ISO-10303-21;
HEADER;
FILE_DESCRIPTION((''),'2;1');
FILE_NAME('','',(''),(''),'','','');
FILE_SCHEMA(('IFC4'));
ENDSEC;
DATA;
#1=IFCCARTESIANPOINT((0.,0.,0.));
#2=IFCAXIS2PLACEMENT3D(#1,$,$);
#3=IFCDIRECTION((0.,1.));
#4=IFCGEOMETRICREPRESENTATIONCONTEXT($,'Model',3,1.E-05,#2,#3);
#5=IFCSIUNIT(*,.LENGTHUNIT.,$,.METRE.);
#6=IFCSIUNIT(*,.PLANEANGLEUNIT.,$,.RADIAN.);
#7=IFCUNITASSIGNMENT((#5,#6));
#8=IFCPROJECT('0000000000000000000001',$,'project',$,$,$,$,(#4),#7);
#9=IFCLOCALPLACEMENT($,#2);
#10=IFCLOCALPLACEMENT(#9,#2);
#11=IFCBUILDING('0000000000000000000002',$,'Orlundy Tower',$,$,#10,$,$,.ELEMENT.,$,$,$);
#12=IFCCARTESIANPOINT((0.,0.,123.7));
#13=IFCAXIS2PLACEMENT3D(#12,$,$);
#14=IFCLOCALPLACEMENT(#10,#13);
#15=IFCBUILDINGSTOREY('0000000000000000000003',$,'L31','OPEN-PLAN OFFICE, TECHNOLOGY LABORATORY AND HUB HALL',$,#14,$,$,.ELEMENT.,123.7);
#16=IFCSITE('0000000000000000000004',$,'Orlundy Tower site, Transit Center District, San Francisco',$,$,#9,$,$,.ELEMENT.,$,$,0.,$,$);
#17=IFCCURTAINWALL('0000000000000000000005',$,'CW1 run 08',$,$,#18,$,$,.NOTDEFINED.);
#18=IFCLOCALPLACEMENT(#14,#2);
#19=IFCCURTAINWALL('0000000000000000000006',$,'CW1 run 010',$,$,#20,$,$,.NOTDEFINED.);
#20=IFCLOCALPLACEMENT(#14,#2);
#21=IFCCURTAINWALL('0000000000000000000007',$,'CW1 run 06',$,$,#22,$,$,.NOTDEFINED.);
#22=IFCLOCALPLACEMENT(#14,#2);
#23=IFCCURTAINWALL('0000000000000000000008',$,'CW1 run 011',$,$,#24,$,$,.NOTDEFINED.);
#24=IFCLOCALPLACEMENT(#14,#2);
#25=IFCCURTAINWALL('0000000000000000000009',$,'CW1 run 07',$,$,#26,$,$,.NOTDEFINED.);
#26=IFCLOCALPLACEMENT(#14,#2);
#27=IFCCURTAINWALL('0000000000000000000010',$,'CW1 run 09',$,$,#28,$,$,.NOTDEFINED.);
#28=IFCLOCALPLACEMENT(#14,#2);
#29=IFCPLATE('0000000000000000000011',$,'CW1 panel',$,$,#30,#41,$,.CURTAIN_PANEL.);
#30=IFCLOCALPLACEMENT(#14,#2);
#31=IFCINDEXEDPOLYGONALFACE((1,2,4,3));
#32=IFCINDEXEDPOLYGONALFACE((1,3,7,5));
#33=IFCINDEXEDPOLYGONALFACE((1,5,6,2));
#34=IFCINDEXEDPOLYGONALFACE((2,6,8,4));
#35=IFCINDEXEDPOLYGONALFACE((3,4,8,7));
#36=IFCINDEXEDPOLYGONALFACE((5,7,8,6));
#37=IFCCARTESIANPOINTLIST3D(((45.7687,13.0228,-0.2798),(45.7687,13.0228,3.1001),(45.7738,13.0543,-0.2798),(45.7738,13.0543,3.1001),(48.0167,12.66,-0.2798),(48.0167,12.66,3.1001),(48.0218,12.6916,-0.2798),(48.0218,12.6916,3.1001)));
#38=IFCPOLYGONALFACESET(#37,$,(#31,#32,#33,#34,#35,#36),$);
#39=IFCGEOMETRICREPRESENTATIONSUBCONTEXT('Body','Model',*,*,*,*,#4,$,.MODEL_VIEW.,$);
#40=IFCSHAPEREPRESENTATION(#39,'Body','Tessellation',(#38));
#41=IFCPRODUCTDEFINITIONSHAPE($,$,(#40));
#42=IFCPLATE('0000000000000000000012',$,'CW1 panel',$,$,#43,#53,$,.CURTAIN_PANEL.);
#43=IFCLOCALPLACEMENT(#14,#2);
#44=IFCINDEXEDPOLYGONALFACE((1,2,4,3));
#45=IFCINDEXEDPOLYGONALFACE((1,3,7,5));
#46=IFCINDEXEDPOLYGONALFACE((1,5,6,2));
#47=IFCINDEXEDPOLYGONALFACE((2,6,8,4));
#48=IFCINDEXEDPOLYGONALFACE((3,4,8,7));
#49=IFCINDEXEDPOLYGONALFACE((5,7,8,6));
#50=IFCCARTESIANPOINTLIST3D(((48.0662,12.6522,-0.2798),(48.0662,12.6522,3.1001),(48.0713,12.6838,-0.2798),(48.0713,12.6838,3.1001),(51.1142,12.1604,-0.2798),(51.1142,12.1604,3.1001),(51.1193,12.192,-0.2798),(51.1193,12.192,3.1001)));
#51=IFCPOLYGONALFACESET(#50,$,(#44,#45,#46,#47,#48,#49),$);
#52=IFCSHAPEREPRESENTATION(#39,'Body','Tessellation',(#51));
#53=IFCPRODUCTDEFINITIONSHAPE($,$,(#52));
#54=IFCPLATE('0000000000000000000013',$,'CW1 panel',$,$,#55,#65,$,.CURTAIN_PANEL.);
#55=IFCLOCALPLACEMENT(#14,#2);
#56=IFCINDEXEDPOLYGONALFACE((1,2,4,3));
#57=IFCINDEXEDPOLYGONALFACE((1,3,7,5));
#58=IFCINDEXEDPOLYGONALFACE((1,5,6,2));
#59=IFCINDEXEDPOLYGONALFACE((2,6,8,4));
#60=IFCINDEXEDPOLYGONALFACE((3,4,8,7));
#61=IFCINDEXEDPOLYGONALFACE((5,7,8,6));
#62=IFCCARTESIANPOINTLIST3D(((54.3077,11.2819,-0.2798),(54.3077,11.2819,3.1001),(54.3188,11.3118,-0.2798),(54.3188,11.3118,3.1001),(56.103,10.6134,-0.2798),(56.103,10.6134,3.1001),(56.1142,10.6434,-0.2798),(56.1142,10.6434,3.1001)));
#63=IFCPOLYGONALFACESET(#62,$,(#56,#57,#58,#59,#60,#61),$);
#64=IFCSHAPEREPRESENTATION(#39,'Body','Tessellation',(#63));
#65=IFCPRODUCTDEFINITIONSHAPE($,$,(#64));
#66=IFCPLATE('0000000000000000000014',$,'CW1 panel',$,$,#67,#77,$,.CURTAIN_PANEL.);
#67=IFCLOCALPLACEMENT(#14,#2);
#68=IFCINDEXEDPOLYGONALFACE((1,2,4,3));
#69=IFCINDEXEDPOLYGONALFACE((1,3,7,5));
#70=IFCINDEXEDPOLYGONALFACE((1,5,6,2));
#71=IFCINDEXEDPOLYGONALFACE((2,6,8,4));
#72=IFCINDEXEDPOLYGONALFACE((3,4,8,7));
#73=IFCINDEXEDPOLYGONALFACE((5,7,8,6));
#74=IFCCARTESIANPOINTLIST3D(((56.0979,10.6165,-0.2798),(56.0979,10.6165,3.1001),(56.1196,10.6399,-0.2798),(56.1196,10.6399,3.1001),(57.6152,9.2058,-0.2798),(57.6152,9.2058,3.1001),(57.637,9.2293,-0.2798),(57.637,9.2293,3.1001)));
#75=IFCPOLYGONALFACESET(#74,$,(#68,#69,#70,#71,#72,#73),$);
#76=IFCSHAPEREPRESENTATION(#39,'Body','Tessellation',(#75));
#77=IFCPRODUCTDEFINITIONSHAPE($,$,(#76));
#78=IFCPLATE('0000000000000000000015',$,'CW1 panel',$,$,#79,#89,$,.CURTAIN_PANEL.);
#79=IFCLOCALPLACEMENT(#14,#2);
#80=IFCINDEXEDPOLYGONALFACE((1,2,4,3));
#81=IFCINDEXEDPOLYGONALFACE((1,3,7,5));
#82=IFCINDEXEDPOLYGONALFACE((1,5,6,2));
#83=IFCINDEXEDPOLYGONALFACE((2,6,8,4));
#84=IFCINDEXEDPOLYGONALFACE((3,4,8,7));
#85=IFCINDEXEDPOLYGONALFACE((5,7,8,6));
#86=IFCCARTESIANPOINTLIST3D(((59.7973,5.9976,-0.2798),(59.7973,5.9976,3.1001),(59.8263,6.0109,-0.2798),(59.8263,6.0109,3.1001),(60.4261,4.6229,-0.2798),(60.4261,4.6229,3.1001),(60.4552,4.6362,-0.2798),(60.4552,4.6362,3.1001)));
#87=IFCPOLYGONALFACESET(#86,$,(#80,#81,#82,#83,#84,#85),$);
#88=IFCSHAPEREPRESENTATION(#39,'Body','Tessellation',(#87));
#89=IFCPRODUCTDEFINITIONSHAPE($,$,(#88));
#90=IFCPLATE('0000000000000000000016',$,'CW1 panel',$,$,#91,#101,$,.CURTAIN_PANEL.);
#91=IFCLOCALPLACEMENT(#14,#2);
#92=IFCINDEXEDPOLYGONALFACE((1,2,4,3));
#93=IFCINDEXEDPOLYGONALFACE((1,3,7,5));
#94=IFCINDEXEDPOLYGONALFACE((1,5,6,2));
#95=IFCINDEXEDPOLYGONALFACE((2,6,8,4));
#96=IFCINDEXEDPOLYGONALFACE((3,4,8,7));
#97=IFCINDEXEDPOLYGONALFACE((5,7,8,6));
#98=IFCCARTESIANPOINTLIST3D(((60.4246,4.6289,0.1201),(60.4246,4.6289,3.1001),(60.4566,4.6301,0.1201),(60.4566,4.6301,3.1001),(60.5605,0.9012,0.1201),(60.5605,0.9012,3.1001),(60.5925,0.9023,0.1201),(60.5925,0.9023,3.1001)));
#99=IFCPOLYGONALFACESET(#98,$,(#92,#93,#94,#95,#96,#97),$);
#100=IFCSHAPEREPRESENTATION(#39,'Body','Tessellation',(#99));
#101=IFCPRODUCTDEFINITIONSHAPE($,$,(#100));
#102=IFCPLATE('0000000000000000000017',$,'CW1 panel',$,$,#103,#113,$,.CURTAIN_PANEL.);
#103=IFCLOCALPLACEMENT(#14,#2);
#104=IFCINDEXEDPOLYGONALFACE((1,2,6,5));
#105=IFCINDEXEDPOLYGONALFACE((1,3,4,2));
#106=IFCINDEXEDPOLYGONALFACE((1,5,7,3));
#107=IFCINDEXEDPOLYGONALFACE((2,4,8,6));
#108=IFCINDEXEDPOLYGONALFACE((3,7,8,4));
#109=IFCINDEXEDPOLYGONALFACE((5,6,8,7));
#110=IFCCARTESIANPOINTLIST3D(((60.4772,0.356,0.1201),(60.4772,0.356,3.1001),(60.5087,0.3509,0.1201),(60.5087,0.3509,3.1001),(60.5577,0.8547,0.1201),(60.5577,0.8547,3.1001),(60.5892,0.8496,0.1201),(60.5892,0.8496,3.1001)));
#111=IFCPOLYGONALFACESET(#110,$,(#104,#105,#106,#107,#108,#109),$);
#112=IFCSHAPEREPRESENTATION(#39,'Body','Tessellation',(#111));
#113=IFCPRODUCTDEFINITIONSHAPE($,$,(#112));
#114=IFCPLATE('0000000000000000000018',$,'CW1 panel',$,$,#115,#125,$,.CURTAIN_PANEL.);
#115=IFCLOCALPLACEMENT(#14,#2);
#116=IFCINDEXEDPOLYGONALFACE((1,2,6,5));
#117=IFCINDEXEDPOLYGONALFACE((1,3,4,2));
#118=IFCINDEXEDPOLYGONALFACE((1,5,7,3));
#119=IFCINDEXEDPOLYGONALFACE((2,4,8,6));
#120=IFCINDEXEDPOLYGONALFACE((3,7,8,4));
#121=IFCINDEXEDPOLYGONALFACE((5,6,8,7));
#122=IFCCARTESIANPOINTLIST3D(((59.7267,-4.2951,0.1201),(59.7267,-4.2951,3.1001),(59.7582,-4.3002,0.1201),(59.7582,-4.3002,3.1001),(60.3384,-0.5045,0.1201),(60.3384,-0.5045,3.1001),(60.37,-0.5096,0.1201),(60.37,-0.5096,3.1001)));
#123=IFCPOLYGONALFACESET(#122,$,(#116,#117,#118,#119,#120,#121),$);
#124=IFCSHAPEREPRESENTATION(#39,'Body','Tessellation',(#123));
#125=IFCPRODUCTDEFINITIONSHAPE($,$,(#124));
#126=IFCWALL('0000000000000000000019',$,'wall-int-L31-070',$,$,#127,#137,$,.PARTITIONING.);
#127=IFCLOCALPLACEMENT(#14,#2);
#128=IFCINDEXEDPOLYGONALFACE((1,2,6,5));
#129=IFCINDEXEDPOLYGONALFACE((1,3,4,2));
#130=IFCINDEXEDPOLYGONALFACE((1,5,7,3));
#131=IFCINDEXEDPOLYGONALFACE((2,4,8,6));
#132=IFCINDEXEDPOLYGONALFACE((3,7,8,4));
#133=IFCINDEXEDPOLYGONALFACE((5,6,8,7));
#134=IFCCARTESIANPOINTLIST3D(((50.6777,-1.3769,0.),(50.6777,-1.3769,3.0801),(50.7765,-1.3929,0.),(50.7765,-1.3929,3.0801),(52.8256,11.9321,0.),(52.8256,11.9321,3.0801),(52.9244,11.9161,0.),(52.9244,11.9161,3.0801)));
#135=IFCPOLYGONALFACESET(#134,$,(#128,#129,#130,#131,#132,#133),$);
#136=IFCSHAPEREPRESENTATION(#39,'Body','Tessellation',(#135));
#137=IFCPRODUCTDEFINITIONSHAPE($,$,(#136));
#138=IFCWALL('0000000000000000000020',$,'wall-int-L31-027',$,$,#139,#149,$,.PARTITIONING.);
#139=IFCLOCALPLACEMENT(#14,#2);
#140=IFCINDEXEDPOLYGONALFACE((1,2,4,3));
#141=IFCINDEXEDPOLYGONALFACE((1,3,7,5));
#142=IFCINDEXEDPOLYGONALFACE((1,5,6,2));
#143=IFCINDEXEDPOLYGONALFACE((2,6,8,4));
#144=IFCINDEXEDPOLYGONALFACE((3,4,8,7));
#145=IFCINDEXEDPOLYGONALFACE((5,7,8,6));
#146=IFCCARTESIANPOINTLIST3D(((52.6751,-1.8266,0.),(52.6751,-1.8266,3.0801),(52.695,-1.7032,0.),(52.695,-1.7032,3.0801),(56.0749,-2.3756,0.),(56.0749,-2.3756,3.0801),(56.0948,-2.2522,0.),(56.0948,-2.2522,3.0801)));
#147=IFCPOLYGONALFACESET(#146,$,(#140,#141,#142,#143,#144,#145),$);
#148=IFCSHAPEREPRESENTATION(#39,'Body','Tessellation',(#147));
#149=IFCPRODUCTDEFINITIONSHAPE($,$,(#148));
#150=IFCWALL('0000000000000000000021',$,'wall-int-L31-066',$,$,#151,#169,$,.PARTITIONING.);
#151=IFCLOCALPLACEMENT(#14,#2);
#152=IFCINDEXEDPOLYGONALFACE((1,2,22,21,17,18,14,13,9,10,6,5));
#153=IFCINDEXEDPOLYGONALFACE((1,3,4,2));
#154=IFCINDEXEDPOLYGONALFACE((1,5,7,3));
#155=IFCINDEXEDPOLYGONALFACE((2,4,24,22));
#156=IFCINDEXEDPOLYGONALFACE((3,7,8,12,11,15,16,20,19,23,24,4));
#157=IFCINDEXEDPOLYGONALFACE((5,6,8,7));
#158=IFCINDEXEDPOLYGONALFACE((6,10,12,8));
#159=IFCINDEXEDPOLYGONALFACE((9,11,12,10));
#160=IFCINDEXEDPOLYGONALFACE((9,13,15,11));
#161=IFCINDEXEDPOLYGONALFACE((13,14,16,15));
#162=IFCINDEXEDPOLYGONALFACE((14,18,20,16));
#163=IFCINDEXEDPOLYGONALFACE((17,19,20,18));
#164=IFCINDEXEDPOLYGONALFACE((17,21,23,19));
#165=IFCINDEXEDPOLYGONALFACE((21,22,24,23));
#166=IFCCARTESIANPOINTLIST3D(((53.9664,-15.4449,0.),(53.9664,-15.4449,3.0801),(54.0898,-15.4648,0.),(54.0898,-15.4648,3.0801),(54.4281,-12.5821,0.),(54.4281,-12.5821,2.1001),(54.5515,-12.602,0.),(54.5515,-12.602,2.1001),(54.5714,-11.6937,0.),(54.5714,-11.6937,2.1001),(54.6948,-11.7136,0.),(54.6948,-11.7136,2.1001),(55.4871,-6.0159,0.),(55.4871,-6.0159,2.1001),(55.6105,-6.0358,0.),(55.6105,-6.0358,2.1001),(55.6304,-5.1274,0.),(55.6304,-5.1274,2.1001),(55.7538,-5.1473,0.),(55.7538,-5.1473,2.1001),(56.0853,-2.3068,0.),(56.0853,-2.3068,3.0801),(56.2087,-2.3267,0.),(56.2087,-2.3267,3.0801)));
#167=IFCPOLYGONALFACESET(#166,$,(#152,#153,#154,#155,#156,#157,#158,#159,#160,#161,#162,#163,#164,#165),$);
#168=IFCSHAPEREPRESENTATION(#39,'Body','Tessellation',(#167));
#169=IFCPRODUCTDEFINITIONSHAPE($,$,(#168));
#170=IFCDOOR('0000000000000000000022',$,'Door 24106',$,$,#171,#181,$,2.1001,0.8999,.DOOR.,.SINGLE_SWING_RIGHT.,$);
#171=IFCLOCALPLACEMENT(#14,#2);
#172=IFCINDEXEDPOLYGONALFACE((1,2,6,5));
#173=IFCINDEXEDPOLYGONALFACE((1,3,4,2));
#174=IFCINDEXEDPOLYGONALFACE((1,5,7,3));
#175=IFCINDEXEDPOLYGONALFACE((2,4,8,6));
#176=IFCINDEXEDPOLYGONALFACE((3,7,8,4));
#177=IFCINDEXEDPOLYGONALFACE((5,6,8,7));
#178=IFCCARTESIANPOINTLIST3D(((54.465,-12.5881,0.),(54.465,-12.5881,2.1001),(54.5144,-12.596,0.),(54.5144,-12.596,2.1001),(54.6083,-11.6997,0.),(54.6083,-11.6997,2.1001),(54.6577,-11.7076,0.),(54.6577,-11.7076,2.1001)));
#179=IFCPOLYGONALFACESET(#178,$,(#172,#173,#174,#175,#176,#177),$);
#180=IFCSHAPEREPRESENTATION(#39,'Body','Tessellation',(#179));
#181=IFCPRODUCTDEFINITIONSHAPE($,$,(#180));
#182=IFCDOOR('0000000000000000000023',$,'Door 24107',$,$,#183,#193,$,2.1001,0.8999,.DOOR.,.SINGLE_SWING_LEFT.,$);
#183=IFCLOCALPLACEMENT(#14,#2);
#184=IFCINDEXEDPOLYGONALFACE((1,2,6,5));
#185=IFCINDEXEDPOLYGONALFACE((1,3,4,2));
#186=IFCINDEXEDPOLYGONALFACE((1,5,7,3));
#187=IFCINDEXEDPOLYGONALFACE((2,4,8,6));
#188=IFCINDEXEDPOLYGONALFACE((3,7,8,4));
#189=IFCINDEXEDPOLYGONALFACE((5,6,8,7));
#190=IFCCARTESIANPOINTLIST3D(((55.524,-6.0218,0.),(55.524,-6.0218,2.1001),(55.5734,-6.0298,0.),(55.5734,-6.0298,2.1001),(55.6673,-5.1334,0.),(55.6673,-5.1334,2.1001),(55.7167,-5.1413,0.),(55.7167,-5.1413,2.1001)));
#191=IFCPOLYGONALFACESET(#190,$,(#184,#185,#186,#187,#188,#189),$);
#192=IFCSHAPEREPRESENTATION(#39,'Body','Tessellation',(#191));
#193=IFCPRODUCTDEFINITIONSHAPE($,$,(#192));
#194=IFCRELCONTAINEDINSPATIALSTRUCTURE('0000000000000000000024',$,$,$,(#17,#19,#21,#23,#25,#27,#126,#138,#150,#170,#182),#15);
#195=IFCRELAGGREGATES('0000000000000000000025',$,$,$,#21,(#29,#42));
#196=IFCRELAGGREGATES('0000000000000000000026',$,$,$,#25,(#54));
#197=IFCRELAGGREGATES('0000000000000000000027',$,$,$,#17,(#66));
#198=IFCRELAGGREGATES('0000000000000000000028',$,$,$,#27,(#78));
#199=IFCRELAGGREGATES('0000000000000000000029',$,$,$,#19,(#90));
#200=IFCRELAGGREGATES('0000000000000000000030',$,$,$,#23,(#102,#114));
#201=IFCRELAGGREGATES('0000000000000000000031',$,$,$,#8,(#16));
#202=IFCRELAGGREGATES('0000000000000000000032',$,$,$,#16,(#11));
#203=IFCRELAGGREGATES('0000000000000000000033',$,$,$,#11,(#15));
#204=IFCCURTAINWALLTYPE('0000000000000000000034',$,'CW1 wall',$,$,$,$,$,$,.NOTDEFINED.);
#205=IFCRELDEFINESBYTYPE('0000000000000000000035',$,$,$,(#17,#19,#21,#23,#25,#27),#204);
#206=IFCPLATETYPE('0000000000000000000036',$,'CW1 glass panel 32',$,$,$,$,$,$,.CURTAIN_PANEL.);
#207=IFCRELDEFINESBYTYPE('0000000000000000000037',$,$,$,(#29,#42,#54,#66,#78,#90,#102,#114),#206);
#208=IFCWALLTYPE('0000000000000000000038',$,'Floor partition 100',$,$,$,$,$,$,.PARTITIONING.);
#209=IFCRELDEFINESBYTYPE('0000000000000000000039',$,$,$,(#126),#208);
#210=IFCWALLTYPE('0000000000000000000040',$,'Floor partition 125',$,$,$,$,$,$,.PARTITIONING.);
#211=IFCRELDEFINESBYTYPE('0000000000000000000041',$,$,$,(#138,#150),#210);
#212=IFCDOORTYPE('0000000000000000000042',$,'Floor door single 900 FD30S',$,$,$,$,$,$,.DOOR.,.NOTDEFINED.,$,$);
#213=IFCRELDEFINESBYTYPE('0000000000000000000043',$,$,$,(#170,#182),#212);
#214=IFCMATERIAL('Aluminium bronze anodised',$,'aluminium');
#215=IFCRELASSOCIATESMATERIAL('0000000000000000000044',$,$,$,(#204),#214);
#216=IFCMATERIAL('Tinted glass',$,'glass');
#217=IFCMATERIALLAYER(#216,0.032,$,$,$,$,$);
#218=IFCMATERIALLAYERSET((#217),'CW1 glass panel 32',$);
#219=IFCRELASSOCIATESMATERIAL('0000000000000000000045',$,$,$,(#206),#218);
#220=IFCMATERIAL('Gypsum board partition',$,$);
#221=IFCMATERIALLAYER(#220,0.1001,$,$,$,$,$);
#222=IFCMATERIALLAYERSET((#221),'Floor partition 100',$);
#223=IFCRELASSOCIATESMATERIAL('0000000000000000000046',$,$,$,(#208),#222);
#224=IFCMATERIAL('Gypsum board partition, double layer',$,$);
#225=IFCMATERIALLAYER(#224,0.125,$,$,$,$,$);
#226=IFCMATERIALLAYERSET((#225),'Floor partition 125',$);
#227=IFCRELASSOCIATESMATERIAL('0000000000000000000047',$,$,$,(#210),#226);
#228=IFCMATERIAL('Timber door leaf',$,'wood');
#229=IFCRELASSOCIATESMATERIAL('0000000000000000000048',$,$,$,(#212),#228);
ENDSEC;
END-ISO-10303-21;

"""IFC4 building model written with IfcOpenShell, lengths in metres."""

from ifc_helpers import new_model, si_unit, direction, frame, frame_2d, origin, origin_2d, place, context, subcontext, project, spatial, rectangle, extrude, material, layer, layer_set, type_object, element, fill, aggregate, save


model = new_model("IFC4")

# Units and contexts
model_context = context("Model", 3, precision=1e-05, world=origin(), true_north=direction((0.0, 1.0)))
body_context = subcontext(model_context, "Body", "Model", "MODEL_VIEW")
ifc_project = project(units=[si_unit("LENGTHUNIT", "METRE"), si_unit("PLANEANGLEUNIT", "RADIAN")], contexts=[model_context])

# Site, building, storey
site_placement = place(None, origin())
site = spatial("IfcSite", under=ifc_project, at=site_placement, Name="Orlundy Tower site, Transit Center District, San Francisco", CompositionType="ELEMENT", RefElevation=0.0)
building_placement = place(site_placement, origin())
building = spatial("IfcBuilding", under=site, at=building_placement, Name="Orlundy Tower", CompositionType="ELEMENT")
storey_placement = place(building_placement, frame((0.0, 0.0, 123.7)))
storey = spatial("IfcBuildingStorey", under=building, at=storey_placement, Name="L31", Description="OPEN-PLAN OFFICE, TECHNOLOGY LABORATORY AND HUB HALL", CompositionType="ELEMENT", Elevation=123.7)

# Curtain walls
ifc_material_1 = material(Name="Aluminium bronze anodised", Category="aluminium")
curtain_wall_type = type_object("IfcCurtainWallType", Name="CW1 wall", PredefinedType="NOTDEFINED", material=ifc_material_1)
curtain_wall_1_placement = place(storey_placement, origin())
curtain_wall_1 = element("IfcCurtainWall", 1, at=curtain_wall_1_placement, inside=storey, type_object=curtain_wall_type, Name="CW1 run 08", PredefinedType="NOTDEFINED")
curtain_wall_2_placement = place(storey_placement, origin())
curtain_wall_2 = element("IfcCurtainWall", 2, at=curtain_wall_2_placement, inside=storey, type_object=curtain_wall_type, Name="CW1 run 010", PredefinedType="NOTDEFINED")
curtain_wall_3_placement = place(storey_placement, origin())
curtain_wall_3 = element("IfcCurtainWall", 3, at=curtain_wall_3_placement, inside=storey, type_object=curtain_wall_type, Name="CW1 run 06", PredefinedType="NOTDEFINED")

# Curtain wall
curtain_wall_4_placement = place(storey_placement, origin())
curtain_wall_4 = element("IfcCurtainWall", 4, at=curtain_wall_4_placement, inside=storey, type_object=curtain_wall_type, Name="CW1 run 011", PredefinedType="NOTDEFINED")

# Curtain wall
curtain_wall_5_placement = place(storey_placement, origin())
curtain_wall_5 = element("IfcCurtainWall", 5, at=curtain_wall_5_placement, inside=storey, type_object=curtain_wall_type, Name="CW1 run 07", PredefinedType="NOTDEFINED")

# Curtain wall
curtain_wall_6_placement = place(storey_placement, origin())
curtain_wall_6 = element("IfcCurtainWall", 6, at=curtain_wall_6_placement, inside=storey, type_object=curtain_wall_type, Name="CW1 run 09", PredefinedType="NOTDEFINED")

# Plates
ifc_material_2 = material(Name="Tinted glass", Category="glass")
ifc_layer_1 = layer(ifc_material_2, 0.032)
ifc_layer_set_1 = layer_set([ifc_layer_1], Name="CW1 glass panel 32")
plate_type = type_object("IfcPlateType", Name="CW1 glass panel 32", PredefinedType="CURTAIN_PANEL", material=ifc_layer_set_1)
plate_1_placement = place(storey_placement, frame((46.8953, 12.8572, -0.2798), z_axis=(0.0, 0.0, 1.0), x_axis=(0.98723, -0.159302, 0.0)))
plate_1 = element("IfcPlate", 7, at=plate_1_placement, type_object=plate_type, Name="CW1 panel", PredefinedType="CURTAIN_PANEL", context=body_context, shape_type="SweptSolid", body=[
    extrude(rectangle(XDim=2.2771, YDim=0.032, at=origin_2d()), origin(), (0.0, 0.0, 1.0), 3.3799),
])
plate_2_placement = place(storey_placement, frame((49.5928, 12.4221, -0.2798), z_axis=(0.0, 0.0, 1.0), x_axis=(0.98723, -0.159302, 0.0)))
plate_2 = element("IfcPlate", 8, at=plate_2_placement, type_object=plate_type, Name="CW1 panel", PredefinedType="CURTAIN_PANEL", context=body_context, shape_type="SweptSolid", body=[
    extrude(rectangle(XDim=3.0874, YDim=0.032, at=origin_2d()), origin(), (0.0, 0.0, 1.0), 3.3799),
])
aggregate(curtain_wall_3, [plate_1, plate_2])
plate_3_placement = place(storey_placement, frame((55.2109, 10.9626, -0.2798), z_axis=(0.0, 0.0, 1.0), x_axis=(0.937158, -0.348905, 0.0)))
plate_3 = element("IfcPlate", 9, at=plate_3_placement, type_object=plate_type, Name="CW1 panel", PredefinedType="CURTAIN_PANEL", context=body_context, shape_type="SweptSolid", body=[
    extrude(rectangle(XDim=1.9158, YDim=0.032, at=origin_2d()), origin(), (0.0, 0.0, 1.0), 3.3799),
])
aggregate(curtain_wall_5, [plate_3])
plate_4_placement = place(storey_placement, frame((56.8674, 9.9229, -0.2798), z_axis=(0.0, 0.0, 1.0), x_axis=(0.732399, -0.680875, 0.0)))
plate_4 = element("IfcPlate", 10, at=plate_4_placement, type_object=plate_type, Name="CW1 panel", PredefinedType="CURTAIN_PANEL", context=body_context, shape_type="SweptSolid", body=[
    extrude(rectangle(XDim=2.0718, YDim=0.032, at=origin_2d()), origin(), (0.0, 0.0, 1.0), 3.3799),
])
aggregate(curtain_wall_1, [plate_4])
plate_5_placement = place(storey_placement, frame((60.1262, 5.3169, -0.2798), z_axis=(0.0, 0.0, 1.0), x_axis=(0.415977, -0.909375, 0.0)))
plate_5 = element("IfcPlate", 11, at=plate_5_placement, type_object=plate_type, Name="CW1 panel", PredefinedType="CURTAIN_PANEL", context=body_context, shape_type="SweptSolid", body=[
    extrude(rectangle(XDim=1.5117, YDim=0.032, at=origin_2d()), origin(), (0.0, 0.0, 1.0), 3.3799),
])
aggregate(curtain_wall_6, [plate_5])
plate_6_placement = place(storey_placement, frame((60.5085, 2.7656, 0.1201), z_axis=(0.0, 0.0, 1.0), x_axis=(0.036423, -0.999336, 0.0)))
plate_6 = element("IfcPlate", 12, at=plate_6_placement, type_object=plate_type, Name="CW1 panel", PredefinedType="CURTAIN_PANEL", context=body_context, shape_type="SweptSolid", body=[
    extrude(rectangle(XDim=3.7302, YDim=0.032, at=origin_2d()), origin(), (0.0, 0.0, 1.0), 2.98),
])
aggregate(curtain_wall_2, [plate_6])
plate_7_placement = place(storey_placement, frame((60.5332, 0.6028, 0.1201), z_axis=(0.0, 0.0, 1.0), x_axis=(-0.159331, -0.987225, 0.0)))
plate_7 = element("IfcPlate", 13, at=plate_7_placement, type_object=plate_type, Name="CW1 panel", PredefinedType="CURTAIN_PANEL", context=body_context, shape_type="SweptSolid", body=[
    extrude(rectangle(XDim=0.5051, YDim=0.032, at=origin_2d()), origin(), (0.0, 0.0, 1.0), 2.98),
])
plate_8_placement = place(storey_placement, frame((60.0483, -2.4023, 0.1201), z_axis=(0.0, 0.0, 1.0), x_axis=(-0.159331, -0.987225, 0.0)))
plate_8 = element("IfcPlate", 14, at=plate_8_placement, type_object=plate_type, Name="CW1 panel", PredefinedType="CURTAIN_PANEL", context=body_context, shape_type="SweptSolid", body=[
    extrude(rectangle(XDim=3.8396, YDim=0.032, at=origin_2d()), origin(), (0.0, 0.0, 1.0), 2.98),
])
aggregate(curtain_wall_4, [plate_7, plate_8])

# Walls
ifc_material_3 = material(Name="Gypsum board partition")
ifc_layer_2 = layer(ifc_material_3, 0.1001)
ifc_layer_set_2 = layer_set([ifc_layer_2], Name="Floor partition 100")
wall_type_1 = type_object("IfcWallType", Name="Floor partition 100", PredefinedType="PARTITIONING", material=ifc_layer_set_2)
wall_1_placement = place(storey_placement, frame((50.7271, -1.385, 0.0), z_axis=(0.0, 0.0, 1.0), x_axis=(0.159328, 0.987226, 0.0)))
element("IfcWall", 15, at=wall_1_placement, inside=storey, type_object=wall_type_1, Name="wall-int-L31-070", PredefinedType="PARTITIONING", context=body_context, shape_type="SweptSolid", body=[
    extrude(rectangle(XDim=13.4812, YDim=0.1001, at=frame_2d((6.7407, 0.0))), origin(), (0.0, 0.0, 1.0), 3.0801),
])
ifc_material_4 = material(Name="Gypsum board partition, double layer")
ifc_layer_3 = layer(ifc_material_4, 0.125)
ifc_layer_set_3 = layer_set([ifc_layer_3], Name="Floor partition 125")
wall_type_2 = type_object("IfcWallType", Name="Floor partition 125", PredefinedType="PARTITIONING", material=ifc_layer_set_3)
wall_2_placement = place(storey_placement, frame((52.6851, -1.7649, 0.0), z_axis=(0.0, 0.0, 1.0), x_axis=(0.987209, -0.159431, 0.0)))
element("IfcWall", 16, at=wall_2_placement, inside=storey, type_object=wall_type_2, Name="wall-int-L31-027", PredefinedType="PARTITIONING", context=body_context, shape_type="SweptSolid", body=[
    extrude(rectangle(XDim=3.4438, YDim=0.125, at=frame_2d((1.7219, 0.0))), origin(), (0.0, 0.0, 1.0), 3.0801),
])

# Wall, openings, doors
wall_3_placement = place(storey_placement, frame((56.147, -2.3169, 0.0), z_axis=(0.0, 0.0, 1.0), x_axis=(-0.15922, -0.987243, 0.0)))
wall_3 = element("IfcWall", 17, at=wall_3_placement, inside=storey, type_object=wall_type_2, Name="wall-int-L31-066", PredefinedType="PARTITIONING", context=body_context, shape_type="SweptSolid", body=[
    extrude(rectangle(XDim=13.3079, YDim=0.125, at=frame_2d((6.6538, 0.0))), origin(), (0.0, 0.0, 1.0), 3.0801),
])
opening_1_placement = place(wall_3_placement, frame((9.5081, 0.0, 0.0)))
opening_1 = element("IfcOpeningElement", 18, at=opening_1_placement, cuts=wall_3, PredefinedType="OPENING", context=body_context, shape_type="SweptSolid", body=[
    extrude(rectangle(XDim=0.8999, YDim=2.1001, at=frame_2d((0.45, 1.05))), frame((0.0, 0.0725, 0.0), z_axis=(0.0, -1.0, 0.0), x_axis=(1.0, 0.0, 0.0)), (0.0, 0.0, 1.0), 0.145),
])
opening_2_placement = place(wall_3_placement, frame((2.8569, 0.0, 0.0)))
opening_2 = element("IfcOpeningElement", 19, at=opening_2_placement, cuts=wall_3, PredefinedType="OPENING", context=body_context, shape_type="SweptSolid", body=[
    extrude(rectangle(XDim=0.8999, YDim=2.1001, at=frame_2d((0.45, 1.05))), frame((0.0, 0.0725, 0.0), z_axis=(0.0, -1.0, 0.0), x_axis=(1.0, 0.0, 0.0)), (0.0, 0.0, 1.0), 0.145),
])
ifc_material_5 = material(Name="Timber door leaf", Category="wood")
door_type_1 = type_object("IfcDoorType", Name="Floor door single 900 FD30S", OperationType="NOTDEFINED", PredefinedType="DOOR", material=ifc_material_5)
door_1_placement = place(opening_1_placement, origin())
door_1 = element("IfcDoor", 20, at=door_1_placement, inside=storey, type_object=door_type_1, Name="Door 24106", OperationType="SINGLE_SWING_RIGHT", OverallHeight=2.1001, OverallWidth=0.8999, PredefinedType="DOOR", context=body_context, shape_type="SweptSolid", body=[
    extrude(rectangle(XDim=0.8999, YDim=2.1001, at=frame_2d((0.45, 1.05))), frame((0.0, 0.0249, 0.0), z_axis=(0.0, -1.0, 0.0), x_axis=(1.0, 0.0, 0.0)), (0.0, 0.0, 1.0), 0.05),
])
fill(opening_1, door_1)
door_2_placement = place(opening_2_placement, origin())
door_2 = element("IfcDoor", 21, at=door_2_placement, inside=storey, type_object=door_type_1, Name="Door 24107", OperationType="SINGLE_SWING_LEFT", OverallHeight=2.1001, OverallWidth=0.8999, PredefinedType="DOOR", context=body_context, shape_type="SweptSolid", body=[
    extrude(rectangle(XDim=0.8999, YDim=2.1001, at=frame_2d((0.45, 1.05))), frame((0.0, 0.0249, 0.0), z_axis=(0.0, -1.0, 0.0), x_axis=(1.0, 0.0, 0.0)), (0.0, 0.0, 1.0), 0.05),
])
fill(opening_2, door_2)

save(model, "model.ifc")
